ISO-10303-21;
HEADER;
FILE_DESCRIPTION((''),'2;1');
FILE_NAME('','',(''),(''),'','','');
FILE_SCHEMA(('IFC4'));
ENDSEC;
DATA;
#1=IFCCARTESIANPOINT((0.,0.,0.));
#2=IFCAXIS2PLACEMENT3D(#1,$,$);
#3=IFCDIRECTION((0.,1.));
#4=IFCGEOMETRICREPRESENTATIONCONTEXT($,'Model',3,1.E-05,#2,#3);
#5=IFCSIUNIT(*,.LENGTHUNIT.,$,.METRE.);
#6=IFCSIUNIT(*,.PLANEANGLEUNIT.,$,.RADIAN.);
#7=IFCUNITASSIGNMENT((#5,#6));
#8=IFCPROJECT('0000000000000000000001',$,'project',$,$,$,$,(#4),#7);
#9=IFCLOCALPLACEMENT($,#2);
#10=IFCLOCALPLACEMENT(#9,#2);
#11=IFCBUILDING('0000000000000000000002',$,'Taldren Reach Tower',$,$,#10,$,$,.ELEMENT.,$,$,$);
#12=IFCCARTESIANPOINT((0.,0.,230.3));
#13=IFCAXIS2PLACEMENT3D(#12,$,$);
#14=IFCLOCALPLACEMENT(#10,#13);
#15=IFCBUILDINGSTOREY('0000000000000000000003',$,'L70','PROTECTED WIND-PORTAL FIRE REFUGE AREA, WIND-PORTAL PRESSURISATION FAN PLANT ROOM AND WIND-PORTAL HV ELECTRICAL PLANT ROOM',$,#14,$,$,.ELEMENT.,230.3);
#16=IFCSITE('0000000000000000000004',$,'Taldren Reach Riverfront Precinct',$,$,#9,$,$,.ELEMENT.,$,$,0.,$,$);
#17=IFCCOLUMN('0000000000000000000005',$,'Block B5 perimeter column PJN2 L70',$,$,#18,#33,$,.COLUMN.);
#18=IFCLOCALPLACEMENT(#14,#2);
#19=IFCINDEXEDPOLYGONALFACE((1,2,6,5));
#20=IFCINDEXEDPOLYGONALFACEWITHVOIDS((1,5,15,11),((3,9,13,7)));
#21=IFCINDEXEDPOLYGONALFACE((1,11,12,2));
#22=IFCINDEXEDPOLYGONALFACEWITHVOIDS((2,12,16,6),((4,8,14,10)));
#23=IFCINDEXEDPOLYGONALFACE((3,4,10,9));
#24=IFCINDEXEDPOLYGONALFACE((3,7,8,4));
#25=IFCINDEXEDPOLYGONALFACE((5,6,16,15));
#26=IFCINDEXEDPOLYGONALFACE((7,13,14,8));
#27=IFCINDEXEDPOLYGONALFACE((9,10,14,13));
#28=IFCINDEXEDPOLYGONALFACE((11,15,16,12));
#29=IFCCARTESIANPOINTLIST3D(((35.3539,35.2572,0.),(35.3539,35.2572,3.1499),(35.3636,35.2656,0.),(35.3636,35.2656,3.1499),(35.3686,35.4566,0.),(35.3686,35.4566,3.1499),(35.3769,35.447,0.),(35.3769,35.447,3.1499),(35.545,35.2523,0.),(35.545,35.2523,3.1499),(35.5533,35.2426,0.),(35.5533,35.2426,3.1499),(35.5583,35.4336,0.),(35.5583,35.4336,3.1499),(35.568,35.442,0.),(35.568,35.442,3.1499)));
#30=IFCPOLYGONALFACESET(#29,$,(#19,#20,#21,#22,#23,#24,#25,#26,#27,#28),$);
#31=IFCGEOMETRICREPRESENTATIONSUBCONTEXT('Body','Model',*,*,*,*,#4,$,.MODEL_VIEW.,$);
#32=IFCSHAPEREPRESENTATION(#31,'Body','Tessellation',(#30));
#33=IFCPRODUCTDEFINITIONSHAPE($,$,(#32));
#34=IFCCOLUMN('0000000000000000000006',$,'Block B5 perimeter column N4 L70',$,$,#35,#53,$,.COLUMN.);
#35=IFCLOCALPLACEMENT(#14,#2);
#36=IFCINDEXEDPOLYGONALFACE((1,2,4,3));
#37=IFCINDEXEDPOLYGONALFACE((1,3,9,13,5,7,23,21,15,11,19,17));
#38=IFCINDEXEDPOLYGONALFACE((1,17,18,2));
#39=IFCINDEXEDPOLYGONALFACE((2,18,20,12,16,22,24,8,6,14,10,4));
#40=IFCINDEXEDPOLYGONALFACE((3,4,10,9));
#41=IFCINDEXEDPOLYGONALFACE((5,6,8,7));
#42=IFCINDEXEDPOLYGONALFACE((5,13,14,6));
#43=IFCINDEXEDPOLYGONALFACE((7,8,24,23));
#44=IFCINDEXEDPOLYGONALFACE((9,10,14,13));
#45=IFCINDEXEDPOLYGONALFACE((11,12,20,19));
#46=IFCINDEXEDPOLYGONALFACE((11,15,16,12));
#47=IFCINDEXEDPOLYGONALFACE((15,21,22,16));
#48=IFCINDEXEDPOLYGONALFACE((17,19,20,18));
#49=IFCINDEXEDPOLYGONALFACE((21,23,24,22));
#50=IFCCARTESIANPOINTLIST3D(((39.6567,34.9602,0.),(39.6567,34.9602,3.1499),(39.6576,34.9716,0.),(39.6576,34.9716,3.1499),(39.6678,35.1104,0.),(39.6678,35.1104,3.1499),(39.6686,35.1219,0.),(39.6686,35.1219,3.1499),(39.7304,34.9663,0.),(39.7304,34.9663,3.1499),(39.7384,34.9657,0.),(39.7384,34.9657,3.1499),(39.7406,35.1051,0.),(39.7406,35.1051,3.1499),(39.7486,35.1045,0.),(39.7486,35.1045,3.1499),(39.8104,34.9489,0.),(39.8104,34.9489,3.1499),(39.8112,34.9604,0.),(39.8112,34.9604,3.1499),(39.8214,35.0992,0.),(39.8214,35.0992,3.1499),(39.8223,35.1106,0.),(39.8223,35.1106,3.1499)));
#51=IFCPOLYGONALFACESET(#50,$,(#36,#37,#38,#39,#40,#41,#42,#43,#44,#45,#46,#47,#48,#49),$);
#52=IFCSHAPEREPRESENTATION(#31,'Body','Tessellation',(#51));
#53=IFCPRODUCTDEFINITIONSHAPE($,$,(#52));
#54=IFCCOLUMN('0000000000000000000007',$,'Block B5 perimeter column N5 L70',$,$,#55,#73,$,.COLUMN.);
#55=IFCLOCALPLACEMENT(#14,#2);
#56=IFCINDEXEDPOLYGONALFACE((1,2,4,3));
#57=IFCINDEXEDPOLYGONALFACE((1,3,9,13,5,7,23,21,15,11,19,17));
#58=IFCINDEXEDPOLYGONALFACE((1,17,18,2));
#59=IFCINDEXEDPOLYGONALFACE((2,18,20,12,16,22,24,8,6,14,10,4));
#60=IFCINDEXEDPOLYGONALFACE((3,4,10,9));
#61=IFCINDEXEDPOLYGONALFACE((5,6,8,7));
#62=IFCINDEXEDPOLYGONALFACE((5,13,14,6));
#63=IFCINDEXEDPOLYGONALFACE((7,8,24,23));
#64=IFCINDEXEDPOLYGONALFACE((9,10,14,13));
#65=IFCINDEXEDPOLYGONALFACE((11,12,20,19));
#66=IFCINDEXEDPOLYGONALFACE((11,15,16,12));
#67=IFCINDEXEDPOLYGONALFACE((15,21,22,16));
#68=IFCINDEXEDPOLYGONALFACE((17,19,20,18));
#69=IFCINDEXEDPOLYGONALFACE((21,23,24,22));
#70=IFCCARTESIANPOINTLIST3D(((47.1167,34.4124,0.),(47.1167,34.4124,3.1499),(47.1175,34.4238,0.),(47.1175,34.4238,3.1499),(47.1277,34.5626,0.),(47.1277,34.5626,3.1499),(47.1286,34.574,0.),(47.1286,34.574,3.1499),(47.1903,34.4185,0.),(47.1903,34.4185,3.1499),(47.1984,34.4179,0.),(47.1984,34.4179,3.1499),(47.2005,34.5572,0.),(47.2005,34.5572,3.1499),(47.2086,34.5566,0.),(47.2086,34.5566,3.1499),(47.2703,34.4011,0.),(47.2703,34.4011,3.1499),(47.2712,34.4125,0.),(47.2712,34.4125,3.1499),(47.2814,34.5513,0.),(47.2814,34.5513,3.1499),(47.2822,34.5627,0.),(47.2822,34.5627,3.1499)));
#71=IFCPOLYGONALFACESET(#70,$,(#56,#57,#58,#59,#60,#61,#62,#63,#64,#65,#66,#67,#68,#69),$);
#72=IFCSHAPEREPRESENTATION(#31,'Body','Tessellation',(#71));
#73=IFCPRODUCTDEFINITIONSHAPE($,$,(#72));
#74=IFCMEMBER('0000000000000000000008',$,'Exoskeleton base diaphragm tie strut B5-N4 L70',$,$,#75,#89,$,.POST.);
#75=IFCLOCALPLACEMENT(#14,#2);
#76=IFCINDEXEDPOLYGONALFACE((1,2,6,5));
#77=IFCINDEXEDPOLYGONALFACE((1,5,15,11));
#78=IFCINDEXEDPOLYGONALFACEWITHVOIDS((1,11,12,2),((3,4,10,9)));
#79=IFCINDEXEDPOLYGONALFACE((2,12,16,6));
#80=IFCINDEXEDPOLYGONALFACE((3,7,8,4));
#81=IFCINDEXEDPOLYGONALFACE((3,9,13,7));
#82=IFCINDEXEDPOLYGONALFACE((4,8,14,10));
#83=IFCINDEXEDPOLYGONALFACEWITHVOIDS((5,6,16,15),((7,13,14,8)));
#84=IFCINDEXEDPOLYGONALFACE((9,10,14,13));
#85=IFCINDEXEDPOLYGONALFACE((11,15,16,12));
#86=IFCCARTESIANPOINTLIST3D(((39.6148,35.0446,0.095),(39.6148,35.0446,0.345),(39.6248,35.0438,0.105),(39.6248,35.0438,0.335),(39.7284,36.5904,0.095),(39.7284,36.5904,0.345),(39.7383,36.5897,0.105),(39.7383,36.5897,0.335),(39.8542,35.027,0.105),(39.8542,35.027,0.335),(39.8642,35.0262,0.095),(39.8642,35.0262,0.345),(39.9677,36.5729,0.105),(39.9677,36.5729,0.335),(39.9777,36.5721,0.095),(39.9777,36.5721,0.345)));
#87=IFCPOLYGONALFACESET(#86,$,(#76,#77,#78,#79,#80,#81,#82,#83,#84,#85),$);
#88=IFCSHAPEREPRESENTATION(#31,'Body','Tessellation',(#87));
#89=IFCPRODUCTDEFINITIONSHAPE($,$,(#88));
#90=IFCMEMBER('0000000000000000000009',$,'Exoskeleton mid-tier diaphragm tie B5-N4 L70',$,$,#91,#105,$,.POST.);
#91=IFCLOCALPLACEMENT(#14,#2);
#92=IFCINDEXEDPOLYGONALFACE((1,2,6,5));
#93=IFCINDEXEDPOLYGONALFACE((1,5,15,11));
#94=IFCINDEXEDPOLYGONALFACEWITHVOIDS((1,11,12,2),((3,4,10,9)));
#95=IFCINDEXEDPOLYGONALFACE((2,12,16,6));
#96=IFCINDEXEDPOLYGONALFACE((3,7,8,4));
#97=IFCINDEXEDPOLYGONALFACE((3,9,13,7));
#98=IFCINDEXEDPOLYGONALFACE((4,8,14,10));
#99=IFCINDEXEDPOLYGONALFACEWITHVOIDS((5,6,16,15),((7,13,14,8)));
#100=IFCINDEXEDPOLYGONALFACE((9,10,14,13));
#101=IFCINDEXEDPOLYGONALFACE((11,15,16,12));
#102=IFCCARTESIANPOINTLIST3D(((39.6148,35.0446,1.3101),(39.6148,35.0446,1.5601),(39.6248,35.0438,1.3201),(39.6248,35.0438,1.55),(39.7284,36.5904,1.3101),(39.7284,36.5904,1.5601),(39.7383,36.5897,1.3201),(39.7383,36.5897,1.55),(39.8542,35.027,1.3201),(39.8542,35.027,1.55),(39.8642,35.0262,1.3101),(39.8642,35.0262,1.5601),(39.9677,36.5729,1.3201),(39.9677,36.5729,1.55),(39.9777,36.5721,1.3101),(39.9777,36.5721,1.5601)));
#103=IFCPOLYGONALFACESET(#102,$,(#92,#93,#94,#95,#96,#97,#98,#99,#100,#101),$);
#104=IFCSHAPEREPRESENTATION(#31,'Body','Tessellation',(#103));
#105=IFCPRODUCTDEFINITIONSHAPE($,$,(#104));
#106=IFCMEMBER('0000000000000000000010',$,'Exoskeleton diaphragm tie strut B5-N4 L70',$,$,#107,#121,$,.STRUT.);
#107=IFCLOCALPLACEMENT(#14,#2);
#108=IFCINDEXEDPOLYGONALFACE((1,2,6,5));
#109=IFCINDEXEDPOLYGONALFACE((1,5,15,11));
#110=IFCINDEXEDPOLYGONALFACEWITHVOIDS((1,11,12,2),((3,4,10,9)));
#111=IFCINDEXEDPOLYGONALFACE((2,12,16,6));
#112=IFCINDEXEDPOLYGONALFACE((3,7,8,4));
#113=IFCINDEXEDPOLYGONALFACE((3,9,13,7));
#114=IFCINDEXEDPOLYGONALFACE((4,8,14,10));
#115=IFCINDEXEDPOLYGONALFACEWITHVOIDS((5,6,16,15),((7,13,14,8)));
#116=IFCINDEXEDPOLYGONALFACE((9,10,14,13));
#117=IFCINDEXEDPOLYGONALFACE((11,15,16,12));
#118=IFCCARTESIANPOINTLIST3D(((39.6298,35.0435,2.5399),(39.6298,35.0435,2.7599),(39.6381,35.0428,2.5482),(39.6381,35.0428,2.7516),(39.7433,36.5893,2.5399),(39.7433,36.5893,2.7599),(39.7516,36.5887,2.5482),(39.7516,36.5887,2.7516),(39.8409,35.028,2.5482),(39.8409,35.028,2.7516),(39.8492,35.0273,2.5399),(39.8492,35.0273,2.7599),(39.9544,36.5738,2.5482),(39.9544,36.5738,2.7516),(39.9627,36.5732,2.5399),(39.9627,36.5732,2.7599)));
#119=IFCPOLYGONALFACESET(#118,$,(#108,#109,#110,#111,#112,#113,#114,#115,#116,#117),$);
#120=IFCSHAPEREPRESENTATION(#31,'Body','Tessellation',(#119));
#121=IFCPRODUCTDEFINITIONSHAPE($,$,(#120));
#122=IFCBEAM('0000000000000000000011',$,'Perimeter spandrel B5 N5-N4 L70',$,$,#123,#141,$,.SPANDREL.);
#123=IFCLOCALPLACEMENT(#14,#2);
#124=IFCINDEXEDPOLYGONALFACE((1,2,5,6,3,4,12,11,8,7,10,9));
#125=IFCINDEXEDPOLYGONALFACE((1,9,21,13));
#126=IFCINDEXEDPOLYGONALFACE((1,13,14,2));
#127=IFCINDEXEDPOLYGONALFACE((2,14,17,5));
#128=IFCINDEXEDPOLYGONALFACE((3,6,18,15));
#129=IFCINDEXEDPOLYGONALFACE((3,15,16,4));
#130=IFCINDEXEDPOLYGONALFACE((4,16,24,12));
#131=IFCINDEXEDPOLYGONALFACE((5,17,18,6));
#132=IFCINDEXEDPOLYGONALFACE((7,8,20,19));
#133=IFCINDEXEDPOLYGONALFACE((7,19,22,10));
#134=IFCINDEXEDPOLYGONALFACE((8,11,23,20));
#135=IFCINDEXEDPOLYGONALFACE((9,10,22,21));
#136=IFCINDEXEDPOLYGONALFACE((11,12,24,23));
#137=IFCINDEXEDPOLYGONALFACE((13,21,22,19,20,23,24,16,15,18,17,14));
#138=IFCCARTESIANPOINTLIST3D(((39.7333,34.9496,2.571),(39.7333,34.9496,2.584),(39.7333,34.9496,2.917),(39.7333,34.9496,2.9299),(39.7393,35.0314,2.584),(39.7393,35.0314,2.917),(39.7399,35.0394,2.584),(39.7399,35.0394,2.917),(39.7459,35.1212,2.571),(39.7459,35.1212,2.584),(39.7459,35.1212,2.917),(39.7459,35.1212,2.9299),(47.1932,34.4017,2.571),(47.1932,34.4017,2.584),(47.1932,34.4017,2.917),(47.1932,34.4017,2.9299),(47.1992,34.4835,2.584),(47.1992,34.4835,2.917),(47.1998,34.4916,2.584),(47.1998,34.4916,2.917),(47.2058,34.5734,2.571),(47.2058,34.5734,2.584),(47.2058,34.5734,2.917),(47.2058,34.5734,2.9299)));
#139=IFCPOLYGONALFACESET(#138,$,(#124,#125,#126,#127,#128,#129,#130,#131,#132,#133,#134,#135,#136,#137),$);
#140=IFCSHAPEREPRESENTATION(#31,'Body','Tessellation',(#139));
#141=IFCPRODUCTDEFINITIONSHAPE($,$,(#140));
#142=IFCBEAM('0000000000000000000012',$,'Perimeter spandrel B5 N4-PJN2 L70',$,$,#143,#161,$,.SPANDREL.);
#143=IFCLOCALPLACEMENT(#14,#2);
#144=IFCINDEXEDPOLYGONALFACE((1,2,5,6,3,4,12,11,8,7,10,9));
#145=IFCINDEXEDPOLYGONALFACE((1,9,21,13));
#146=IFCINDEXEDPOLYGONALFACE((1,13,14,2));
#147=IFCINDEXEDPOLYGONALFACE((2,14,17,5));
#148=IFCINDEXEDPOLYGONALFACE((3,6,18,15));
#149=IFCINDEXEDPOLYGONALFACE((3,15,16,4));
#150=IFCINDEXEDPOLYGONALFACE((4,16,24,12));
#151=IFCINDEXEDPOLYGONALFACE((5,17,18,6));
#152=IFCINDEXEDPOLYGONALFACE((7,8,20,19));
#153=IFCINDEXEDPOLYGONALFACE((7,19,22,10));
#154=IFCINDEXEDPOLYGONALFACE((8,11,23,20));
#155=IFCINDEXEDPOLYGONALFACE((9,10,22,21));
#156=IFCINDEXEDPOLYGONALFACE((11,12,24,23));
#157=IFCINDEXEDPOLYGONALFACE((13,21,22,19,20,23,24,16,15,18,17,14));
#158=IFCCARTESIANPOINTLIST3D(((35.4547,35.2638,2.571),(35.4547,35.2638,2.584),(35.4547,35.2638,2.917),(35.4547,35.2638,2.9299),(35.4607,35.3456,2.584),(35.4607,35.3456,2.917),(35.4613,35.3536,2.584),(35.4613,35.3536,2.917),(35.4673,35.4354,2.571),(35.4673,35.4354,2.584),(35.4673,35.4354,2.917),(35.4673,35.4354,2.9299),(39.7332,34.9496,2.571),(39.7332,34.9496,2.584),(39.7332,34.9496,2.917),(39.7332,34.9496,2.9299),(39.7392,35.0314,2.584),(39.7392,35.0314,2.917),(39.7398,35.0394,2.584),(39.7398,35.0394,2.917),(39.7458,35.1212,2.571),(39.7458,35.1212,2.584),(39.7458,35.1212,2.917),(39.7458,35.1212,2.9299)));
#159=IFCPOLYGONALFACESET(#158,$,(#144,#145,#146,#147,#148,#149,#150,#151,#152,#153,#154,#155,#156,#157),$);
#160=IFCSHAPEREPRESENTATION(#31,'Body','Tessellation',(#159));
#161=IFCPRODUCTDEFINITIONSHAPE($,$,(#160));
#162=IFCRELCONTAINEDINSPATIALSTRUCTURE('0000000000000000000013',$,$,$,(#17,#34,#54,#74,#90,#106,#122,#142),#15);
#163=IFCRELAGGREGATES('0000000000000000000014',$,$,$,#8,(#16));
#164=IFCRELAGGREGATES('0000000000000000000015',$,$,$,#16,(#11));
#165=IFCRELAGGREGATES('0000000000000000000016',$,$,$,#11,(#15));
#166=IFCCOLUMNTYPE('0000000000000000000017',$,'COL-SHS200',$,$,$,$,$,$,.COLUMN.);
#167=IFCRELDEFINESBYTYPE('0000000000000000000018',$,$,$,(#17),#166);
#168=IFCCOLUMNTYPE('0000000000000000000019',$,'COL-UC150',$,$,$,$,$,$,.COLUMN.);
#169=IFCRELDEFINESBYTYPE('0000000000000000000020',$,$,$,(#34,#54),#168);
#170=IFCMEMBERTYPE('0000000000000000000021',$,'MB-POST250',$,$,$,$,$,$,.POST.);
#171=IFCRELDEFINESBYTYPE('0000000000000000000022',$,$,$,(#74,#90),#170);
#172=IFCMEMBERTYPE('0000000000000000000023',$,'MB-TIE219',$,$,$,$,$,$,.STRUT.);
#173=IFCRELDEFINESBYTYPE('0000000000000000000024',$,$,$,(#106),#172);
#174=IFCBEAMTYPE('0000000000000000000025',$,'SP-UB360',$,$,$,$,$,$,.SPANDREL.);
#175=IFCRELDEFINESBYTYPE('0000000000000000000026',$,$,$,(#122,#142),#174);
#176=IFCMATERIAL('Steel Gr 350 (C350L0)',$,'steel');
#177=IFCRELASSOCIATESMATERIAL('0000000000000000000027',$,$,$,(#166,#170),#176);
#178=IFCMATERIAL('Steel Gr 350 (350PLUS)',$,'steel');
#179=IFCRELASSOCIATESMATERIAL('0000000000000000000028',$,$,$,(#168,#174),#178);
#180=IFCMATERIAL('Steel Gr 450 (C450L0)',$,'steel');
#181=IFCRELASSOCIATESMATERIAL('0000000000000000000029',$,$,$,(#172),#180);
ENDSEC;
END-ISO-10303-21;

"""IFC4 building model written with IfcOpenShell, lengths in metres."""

from ifc_helpers import new_model, si_unit, direction, frame, origin, origin_2d, place, context, subcontext, project, spatial, hollow_rectangle, i_section, extrude, source, transform, mapped, material, material_profile, profile_set, type_object, element, save


model = new_model("IFC4")

# Units and contexts
model_context = context("Model", 3, precision=1e-05, world=origin(), true_north=direction((0.0, 1.0)))
body_context = subcontext(model_context, "Body", "Model", "MODEL_VIEW")
ifc_project = project(units=[si_unit("LENGTHUNIT", "METRE"), si_unit("PLANEANGLEUNIT", "RADIAN")], contexts=[model_context])

# Site, building, storey
site_placement = place(None, origin())
site = spatial("IfcSite", under=ifc_project, at=site_placement, Name="Taldren Reach Riverfront Precinct", CompositionType="ELEMENT", RefElevation=0.0)
building_placement = place(site_placement, origin())
building = spatial("IfcBuilding", under=site, at=building_placement, Name="Taldren Reach Tower", CompositionType="ELEMENT")
storey_placement = place(building_placement, frame((0.0, 0.0, 230.3)))
storey = spatial("IfcBuildingStorey", under=building, at=storey_placement, Name="L70", Description="PROTECTED WIND-PORTAL FIRE REFUGE AREA, WIND-PORTAL PRESSURISATION FAN PLANT ROOM AND WIND-PORTAL HV ELECTRICAL PLANT ROOM", CompositionType="ELEMENT", Elevation=230.3)

# Columns
ifc_material_1 = material(Name="Steel Gr 350 (C350L0)", Category="steel")
ifc_material_profile_1 = material_profile(ifc_material_1, hollow_rectangle(XDim=0.2, YDim=0.2, WallThickness=0.009, at=origin_2d()), Name="200x200x9.0SHS")
ifc_profile_set_1 = profile_set([ifc_material_profile_1], Name="Steel Gr 350 (C350L0)")
column_type_1 = type_object("IfcColumnType", Name="COL-SHS200", PredefinedType="COLUMN", material=ifc_profile_set_1)
shared_shape_1 = source(origin(), body_context, "Body", "SweptSolid", [
    extrude(hollow_rectangle(XDim=0.2, YDim=0.2, WallThickness=0.009, at=origin_2d()), origin(), (0.0, 0.0, 1.0), 3.1499),
])
column_placement = place(storey_placement, frame((35.4609, 35.3496, 0.0), z_axis=(0.0, 0.0, 1.0), x_axis=(0.997314, -0.073238, 0.0)))
element("IfcColumn", 1, at=column_placement, inside=storey, type_object=column_type_1, Name="Block B5 perimeter column PJN2 L70", PredefinedType="COLUMN", context=body_context, shape_type="MappedRepresentation", body=[
    mapped(shared_shape_1, transform((0.0, 0.0, 0.0), scale=1.0)),
])
ifc_material_2 = material(Name="Steel Gr 350 (350PLUS)", Category="steel")
ifc_material_profile_2 = material_profile(ifc_material_2, i_section(OverallWidth=0.1541, OverallDepth=0.1621, WebThickness=0.0081, FlangeThickness=0.0115, at=origin_2d()), Name="150UC37.2")
ifc_profile_set_2 = profile_set([ifc_material_profile_2], Name="Steel Gr 350 (350PLUS)")
column_type_2 = type_object("IfcColumnType", Name="COL-UC150", PredefinedType="COLUMN", material=ifc_profile_set_2)
shared_shape_2 = source(origin(), body_context, "Body", "SweptSolid", [
    extrude(i_section(OverallWidth=0.1541, OverallDepth=0.1621, WebThickness=0.0081, FlangeThickness=0.0115, at=origin_2d()), origin(), (0.0, 0.0, 1.0), 3.1499),
])
for number, where, z_axis, x_axis, name in (
    (2, (39.7395, 35.0354, 0.0), (0.0, 0.0, 1.0), (0.997314, -0.073238, 0.0), "Block B5 perimeter column N4 L70"),
    (3, (47.1995, 34.4875, 0.0), (0.0, 0.0, 1.0), (0.997314, -0.073238, 0.0), "Block B5 perimeter column N5 L70"),
):
    element("IfcColumn", number, at=place(storey_placement, frame(where, z_axis=z_axis, x_axis=x_axis)), inside=storey, type_object=column_type_2, Name=name, PredefinedType="COLUMN", context=body_context, shape_type="MappedRepresentation", body=[
        mapped(shared_shape_2, transform((0.0, 0.0, 0.0), scale=1.0)),
    ])

# Members
ifc_material_profile_3 = material_profile(ifc_material_1, hollow_rectangle(XDim=0.25, YDim=0.25, WallThickness=0.01, at=origin_2d()), Name="250x250x10.0SHS")
ifc_profile_set_3 = profile_set([ifc_material_profile_3], Name="Steel Gr 350 (C350L0)")
member_type_1 = type_object("IfcMemberType", Name="MB-POST250", PredefinedType="POST", material=ifc_profile_set_3)
shared_shape_3 = source(origin(), body_context, "Body", "SweptSolid", [
    extrude(hollow_rectangle(XDim=0.25, YDim=0.25, WallThickness=0.01, at=origin_2d()), origin(), (0.0, 0.0, 1.0), 1.55),
])
for number, where, z_axis, x_axis, name in (
    (4, (39.7395, 35.0354, 0.22), (0.073239, 0.997314, 0.0), (-0.997314, 0.073239, 0.0), "Exoskeleton base diaphragm tie strut B5-N4 L70"),
    (5, (39.7395, 35.0354, 1.4351), (0.073239, 0.997314, 0.0), (-0.997314, 0.073239, 0.0), "Exoskeleton mid-tier diaphragm tie B5-N4 L70"),
):
    element("IfcMember", number, at=place(storey_placement, frame(where, z_axis=z_axis, x_axis=x_axis)), inside=storey, type_object=member_type_1, Name=name, PredefinedType="POST", context=body_context, shape_type="MappedRepresentation", body=[
        mapped(shared_shape_3, transform((0.0, 0.0, 0.0), scale=1.0)),
    ])
ifc_material_3 = material(Name="Steel Gr 450 (C450L0)", Category="steel")
ifc_material_profile_4 = material_profile(ifc_material_3, hollow_rectangle(XDim=0.22, YDim=0.22, WallThickness=0.0083, at=origin_2d()), Name="220x220x8.2SHS")
ifc_profile_set_4 = profile_set([ifc_material_profile_4], Name="Steel Gr 450 (C450L0)")
member_type_2 = type_object("IfcMemberType", Name="MB-TIE219", PredefinedType="STRUT", material=ifc_profile_set_4)
shared_shape_4 = source(origin(), body_context, "Body", "SweptSolid", [
    extrude(hollow_rectangle(XDim=0.22, YDim=0.22, WallThickness=0.0083, at=origin_2d()), origin(), (0.0, 0.0, 1.0), 1.55),
])
member_1_placement = place(storey_placement, frame((39.7395, 35.0354, 2.6499), z_axis=(0.073239, 0.997314, 0.0), x_axis=(-0.997314, 0.073239, 0.0)))
element("IfcMember", 6, at=member_1_placement, inside=storey, type_object=member_type_2, Name="Exoskeleton diaphragm tie strut B5-N4 L70", PredefinedType="STRUT", context=body_context, shape_type="MappedRepresentation", body=[
    mapped(shared_shape_4, transform((0.0, 0.0, 0.0), scale=1.0)),
])

# Beams
ifc_material_profile_5 = material_profile(ifc_material_2, i_section(OverallWidth=0.1721, OverallDepth=0.3589, WebThickness=0.0081, FlangeThickness=0.0129, at=origin_2d()), Name="360UB56.7")
ifc_profile_set_5 = profile_set([ifc_material_profile_5], Name="Steel Gr 350 (350PLUS)")
beam_type = type_object("IfcBeamType", Name="SP-UB360", PredefinedType="SPANDREL", material=ifc_profile_set_5)
shared_shape_5 = source(origin(), body_context, "Body", "SweptSolid", [
    extrude(i_section(OverallWidth=0.1721, OverallDepth=0.3589, WebThickness=0.0081, FlangeThickness=0.0129, at=origin_2d()), origin(), (0.0, 0.0, 1.0), 7.48),
])
beam_1_placement = place(storey_placement, frame((47.1995, 34.4875, 2.7505), z_axis=(-0.997314, 0.073242, 0.0), x_axis=(-0.073242, -0.997314, 0.0)))
element("IfcBeam", 7, at=beam_1_placement, inside=storey, type_object=beam_type, Name="Perimeter spandrel B5 N5-N4 L70", PredefinedType="SPANDREL", context=body_context, shape_type="MappedRepresentation", body=[
    mapped(shared_shape_5, transform((0.0, 0.0, 0.0), scale=1.0)),
])
shared_shape_6 = source(origin(), body_context, "Body", "SweptSolid", [
    extrude(i_section(OverallWidth=0.1721, OverallDepth=0.3589, WebThickness=0.0081, FlangeThickness=0.0129, at=origin_2d()), origin(), (0.0, 0.0, 1.0), 4.29),
])
beam_2_placement = place(storey_placement, frame((39.7395, 35.0354, 2.7505), z_axis=(-0.997314, 0.073241, 0.0), x_axis=(-0.073241, -0.997314, 0.0)))
element("IfcBeam", 8, at=beam_2_placement, inside=storey, type_object=beam_type, Name="Perimeter spandrel B5 N4-PJN2 L70", PredefinedType="SPANDREL", context=body_context, shape_type="MappedRepresentation", body=[
    mapped(shared_shape_6, transform((0.0, 0.0, 0.0), scale=1.0)),
])

save(model, "model.ifc")
